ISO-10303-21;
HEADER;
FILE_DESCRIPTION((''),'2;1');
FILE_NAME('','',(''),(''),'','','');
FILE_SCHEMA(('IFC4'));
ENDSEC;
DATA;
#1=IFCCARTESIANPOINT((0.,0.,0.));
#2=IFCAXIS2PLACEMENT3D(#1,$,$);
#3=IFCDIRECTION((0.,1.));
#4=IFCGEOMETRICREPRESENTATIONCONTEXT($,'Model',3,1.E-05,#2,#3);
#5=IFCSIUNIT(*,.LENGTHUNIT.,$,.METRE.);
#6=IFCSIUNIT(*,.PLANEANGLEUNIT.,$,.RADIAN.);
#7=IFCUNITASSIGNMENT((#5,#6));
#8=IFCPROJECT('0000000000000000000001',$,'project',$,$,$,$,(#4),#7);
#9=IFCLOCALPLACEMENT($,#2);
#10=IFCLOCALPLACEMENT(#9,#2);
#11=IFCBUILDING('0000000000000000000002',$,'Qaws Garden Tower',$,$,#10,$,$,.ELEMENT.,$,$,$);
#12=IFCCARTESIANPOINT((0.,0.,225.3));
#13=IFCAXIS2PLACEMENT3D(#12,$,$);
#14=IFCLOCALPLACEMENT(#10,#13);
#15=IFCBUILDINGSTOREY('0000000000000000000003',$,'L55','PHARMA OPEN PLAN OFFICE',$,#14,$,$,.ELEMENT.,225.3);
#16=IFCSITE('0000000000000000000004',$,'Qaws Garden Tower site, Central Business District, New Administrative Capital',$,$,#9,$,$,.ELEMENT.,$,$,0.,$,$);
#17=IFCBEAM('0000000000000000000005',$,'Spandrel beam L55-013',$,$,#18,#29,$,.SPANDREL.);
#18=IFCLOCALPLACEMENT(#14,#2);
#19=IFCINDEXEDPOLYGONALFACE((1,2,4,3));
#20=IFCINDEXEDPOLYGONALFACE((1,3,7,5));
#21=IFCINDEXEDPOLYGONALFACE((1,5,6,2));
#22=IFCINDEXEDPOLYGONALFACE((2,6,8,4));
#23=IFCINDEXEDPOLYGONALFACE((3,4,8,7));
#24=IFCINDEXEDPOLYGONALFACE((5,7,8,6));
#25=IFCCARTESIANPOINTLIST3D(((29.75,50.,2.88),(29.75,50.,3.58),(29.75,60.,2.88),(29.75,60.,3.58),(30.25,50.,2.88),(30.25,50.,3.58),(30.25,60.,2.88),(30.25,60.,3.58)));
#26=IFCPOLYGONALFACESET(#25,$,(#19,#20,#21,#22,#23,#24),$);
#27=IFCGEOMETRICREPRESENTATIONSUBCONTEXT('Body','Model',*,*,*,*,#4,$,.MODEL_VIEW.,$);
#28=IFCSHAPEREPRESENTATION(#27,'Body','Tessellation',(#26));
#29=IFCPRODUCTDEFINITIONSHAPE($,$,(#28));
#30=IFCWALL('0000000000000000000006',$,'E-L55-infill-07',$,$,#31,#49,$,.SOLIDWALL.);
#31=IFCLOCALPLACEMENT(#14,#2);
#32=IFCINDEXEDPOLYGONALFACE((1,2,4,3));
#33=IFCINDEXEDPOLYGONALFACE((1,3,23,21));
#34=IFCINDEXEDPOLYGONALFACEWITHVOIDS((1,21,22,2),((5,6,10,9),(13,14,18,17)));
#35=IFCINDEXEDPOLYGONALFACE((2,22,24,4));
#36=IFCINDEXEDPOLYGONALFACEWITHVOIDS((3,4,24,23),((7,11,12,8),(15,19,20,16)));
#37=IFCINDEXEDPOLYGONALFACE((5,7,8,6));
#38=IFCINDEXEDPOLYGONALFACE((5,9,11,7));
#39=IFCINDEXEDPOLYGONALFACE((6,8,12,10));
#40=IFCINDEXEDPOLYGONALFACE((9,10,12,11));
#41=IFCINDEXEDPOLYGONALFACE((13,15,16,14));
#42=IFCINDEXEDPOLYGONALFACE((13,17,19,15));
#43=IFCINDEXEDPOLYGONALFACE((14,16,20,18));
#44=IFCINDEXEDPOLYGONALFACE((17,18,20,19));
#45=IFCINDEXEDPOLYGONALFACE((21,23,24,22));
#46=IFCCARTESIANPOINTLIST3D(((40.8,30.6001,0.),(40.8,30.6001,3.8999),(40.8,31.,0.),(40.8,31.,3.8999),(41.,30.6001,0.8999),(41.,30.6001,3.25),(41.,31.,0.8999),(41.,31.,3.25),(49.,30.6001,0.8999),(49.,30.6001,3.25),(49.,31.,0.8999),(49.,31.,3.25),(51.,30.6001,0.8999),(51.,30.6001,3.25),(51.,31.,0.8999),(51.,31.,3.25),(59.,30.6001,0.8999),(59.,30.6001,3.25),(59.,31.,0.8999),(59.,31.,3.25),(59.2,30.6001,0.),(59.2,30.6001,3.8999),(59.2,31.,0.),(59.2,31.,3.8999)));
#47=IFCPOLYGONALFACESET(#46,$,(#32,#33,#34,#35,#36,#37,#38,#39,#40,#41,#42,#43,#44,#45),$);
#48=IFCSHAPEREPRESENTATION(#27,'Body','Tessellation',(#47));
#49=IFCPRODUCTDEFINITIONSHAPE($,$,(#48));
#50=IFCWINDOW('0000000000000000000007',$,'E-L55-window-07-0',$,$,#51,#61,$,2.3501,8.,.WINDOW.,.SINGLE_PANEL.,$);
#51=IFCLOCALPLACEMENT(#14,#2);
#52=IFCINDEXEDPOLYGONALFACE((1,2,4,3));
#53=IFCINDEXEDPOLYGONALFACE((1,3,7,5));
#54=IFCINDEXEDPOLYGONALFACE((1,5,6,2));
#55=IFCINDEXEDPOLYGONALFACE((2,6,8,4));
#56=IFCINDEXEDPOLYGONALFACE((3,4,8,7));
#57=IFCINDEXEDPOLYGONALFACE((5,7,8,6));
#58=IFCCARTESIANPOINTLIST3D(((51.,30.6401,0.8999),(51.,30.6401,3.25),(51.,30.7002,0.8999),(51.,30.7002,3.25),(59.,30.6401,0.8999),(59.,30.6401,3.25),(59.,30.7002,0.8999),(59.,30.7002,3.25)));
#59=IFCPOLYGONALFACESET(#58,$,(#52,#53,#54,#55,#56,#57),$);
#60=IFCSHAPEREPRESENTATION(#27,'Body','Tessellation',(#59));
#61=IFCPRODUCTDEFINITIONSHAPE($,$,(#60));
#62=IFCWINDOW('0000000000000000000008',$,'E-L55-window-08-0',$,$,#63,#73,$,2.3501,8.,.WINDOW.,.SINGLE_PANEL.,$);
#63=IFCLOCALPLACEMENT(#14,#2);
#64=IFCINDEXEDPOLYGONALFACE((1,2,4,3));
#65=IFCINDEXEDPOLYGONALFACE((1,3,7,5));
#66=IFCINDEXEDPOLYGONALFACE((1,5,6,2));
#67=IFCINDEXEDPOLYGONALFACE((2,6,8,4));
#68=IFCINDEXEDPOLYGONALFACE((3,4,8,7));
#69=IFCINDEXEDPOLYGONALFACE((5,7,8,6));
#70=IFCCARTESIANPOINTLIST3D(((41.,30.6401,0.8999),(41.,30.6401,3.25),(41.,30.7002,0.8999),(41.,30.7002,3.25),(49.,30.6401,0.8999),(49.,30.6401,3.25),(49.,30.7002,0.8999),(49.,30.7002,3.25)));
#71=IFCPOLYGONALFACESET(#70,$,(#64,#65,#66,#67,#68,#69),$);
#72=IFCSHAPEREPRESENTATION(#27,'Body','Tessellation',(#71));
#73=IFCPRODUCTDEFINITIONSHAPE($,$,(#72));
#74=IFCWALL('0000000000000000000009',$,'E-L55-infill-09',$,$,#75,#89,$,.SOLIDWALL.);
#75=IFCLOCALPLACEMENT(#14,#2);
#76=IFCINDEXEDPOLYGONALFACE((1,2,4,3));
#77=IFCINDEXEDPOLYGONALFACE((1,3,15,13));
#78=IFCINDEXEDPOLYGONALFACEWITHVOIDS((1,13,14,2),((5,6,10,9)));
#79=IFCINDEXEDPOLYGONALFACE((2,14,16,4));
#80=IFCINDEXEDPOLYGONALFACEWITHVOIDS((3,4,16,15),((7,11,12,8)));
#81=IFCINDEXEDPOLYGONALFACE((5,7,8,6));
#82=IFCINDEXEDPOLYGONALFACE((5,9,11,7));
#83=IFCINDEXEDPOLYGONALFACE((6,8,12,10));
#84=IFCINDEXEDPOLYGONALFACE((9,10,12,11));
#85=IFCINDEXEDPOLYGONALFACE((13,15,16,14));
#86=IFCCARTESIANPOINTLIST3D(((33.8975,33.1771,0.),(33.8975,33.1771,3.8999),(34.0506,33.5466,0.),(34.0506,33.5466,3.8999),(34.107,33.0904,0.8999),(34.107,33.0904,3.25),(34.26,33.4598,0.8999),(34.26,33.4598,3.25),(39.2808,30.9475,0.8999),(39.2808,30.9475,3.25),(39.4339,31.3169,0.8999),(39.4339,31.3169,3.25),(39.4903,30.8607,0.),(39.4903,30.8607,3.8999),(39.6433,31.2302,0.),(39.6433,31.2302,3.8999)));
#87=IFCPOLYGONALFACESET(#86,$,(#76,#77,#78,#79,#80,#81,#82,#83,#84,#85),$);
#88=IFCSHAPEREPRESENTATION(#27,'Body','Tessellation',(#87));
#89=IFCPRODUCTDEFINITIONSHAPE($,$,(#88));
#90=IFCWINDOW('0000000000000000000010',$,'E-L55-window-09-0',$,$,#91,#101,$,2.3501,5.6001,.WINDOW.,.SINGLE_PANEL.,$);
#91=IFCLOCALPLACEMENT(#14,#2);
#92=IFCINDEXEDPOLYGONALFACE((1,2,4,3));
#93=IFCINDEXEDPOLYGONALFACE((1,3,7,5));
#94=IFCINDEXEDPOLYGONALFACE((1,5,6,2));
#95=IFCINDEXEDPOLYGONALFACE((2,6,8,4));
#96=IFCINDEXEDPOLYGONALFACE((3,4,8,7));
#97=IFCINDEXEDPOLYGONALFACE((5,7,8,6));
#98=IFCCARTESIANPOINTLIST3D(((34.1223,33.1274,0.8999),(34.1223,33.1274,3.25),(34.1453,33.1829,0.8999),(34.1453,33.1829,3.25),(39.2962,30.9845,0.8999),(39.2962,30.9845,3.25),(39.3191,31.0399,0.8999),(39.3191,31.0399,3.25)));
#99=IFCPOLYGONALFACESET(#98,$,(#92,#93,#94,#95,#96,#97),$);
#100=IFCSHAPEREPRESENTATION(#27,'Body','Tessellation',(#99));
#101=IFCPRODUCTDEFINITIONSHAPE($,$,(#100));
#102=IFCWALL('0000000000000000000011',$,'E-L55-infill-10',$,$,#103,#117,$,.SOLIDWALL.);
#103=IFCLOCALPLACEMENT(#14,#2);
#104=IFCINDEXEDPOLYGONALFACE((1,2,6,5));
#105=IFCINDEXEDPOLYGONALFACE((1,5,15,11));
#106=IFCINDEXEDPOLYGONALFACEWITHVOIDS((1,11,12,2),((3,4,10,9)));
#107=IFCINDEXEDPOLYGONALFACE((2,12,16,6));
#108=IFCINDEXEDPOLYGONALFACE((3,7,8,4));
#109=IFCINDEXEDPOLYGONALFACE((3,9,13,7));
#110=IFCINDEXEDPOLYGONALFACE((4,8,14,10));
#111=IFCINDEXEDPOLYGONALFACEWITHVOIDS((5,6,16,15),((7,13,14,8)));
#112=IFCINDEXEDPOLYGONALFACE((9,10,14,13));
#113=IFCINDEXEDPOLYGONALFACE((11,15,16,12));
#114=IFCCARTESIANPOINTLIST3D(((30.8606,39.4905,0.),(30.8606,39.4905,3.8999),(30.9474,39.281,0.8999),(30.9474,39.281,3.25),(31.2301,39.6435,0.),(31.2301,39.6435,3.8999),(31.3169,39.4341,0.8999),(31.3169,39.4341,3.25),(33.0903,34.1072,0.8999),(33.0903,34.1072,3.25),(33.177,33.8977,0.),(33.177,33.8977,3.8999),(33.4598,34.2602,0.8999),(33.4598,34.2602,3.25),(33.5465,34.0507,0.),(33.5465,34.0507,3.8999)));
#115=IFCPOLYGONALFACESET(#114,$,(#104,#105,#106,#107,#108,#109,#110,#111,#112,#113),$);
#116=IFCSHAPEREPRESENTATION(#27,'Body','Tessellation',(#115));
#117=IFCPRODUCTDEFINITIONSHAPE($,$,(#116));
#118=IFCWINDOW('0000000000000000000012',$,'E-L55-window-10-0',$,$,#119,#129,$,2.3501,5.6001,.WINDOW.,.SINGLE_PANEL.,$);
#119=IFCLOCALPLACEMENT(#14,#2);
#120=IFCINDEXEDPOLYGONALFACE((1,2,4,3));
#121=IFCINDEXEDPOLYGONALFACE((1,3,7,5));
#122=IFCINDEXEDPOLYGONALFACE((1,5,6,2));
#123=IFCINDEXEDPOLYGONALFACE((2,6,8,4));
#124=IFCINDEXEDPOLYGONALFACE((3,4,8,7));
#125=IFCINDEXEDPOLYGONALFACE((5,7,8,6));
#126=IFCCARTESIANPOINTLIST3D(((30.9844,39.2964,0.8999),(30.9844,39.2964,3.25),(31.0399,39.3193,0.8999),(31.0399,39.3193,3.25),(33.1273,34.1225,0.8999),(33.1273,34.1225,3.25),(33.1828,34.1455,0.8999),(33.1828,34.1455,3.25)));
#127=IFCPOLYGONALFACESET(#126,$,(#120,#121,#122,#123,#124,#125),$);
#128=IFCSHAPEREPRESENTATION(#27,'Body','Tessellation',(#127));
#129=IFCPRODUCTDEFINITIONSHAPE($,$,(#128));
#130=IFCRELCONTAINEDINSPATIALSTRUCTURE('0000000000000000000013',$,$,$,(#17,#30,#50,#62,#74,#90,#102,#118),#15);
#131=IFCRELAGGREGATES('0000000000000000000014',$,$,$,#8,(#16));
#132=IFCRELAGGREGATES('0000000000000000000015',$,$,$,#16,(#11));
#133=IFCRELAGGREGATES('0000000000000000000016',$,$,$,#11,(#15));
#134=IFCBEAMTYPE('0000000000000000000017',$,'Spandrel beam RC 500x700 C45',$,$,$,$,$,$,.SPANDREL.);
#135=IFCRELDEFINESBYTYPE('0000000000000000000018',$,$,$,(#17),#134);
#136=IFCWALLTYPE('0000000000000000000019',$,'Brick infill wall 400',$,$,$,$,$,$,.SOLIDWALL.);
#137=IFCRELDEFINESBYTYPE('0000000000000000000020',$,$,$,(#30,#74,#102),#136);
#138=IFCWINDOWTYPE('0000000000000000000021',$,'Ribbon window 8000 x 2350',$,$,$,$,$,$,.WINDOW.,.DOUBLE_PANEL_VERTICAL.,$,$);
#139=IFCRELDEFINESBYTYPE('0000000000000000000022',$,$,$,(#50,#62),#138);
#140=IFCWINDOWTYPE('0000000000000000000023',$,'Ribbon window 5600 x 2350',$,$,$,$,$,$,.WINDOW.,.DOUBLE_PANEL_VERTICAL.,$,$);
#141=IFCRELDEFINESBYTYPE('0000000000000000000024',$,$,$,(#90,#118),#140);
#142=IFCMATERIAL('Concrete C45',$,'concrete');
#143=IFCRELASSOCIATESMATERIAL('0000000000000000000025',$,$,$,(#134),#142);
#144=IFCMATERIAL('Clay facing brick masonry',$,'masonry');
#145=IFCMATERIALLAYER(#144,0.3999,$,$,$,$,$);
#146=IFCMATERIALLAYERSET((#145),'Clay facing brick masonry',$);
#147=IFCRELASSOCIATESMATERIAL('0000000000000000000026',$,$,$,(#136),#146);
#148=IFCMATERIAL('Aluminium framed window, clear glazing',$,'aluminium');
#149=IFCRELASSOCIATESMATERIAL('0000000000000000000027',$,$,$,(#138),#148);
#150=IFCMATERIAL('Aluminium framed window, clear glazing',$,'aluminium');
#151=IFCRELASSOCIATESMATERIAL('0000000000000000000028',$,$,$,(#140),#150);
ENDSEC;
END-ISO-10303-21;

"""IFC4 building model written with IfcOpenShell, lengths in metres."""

from ifc_helpers import new_model, si_unit, direction, frame, frame_2d, origin, origin_2d, place, context, subcontext, project, spatial, rectangle, extrude, material, layer, layer_set, material_profile, profile_set, type_object, element, fill, save


model = new_model("IFC4")

# Units and contexts
model_context = context("Model", 3, precision=1e-05, world=origin(), true_north=direction((0.0, 1.0)))
body_context = subcontext(model_context, "Body", "Model", "MODEL_VIEW")
ifc_project = project(units=[si_unit("LENGTHUNIT", "METRE"), si_unit("PLANEANGLEUNIT", "RADIAN")], contexts=[model_context])

# Site, building, storey
site_placement = place(None, origin())
site = spatial("IfcSite", under=ifc_project, at=site_placement, Name="Qaws Garden Tower site, Central Business District, New Administrative Capital", CompositionType="ELEMENT", RefElevation=0.0)
building_placement = place(site_placement, origin())
building = spatial("IfcBuilding", under=site, at=building_placement, Name="Qaws Garden Tower", CompositionType="ELEMENT")
storey_placement = place(building_placement, frame((0.0, 0.0, 225.3)))
storey = spatial("IfcBuildingStorey", under=building, at=storey_placement, Name="L55", Description="PHARMA OPEN PLAN OFFICE", CompositionType="ELEMENT", Elevation=225.3)

# Beam
ifc_material_1 = material(Name="Concrete C45", Category="concrete")
ifc_material_profile_1 = material_profile(ifc_material_1, rectangle(XDim=0.5, YDim=0.7, at=origin_2d()), Name="RC 500x700")
ifc_profile_set_1 = profile_set([ifc_material_profile_1], Name="Concrete C45")
beam_type = type_object("IfcBeamType", Name="Spandrel beam RC 500x700 C45", PredefinedType="SPANDREL", material=ifc_profile_set_1)
for number, where, z_axis, x_axis, name in (
    (1, (30.0, 50.0, 3.23), (0.0, 1.0, 0.0), (-1.0, 0.0, 0.0), "Spandrel beam L55-013"),
):
    element("IfcBeam", number, at=place(storey_placement, frame(where, z_axis=z_axis, x_axis=x_axis)), inside=storey, type_object=beam_type, Name=name, PredefinedType="SPANDREL", context=body_context, shape_type="SweptSolid", body=[
        extrude(rectangle(XDim=0.5, YDim=0.7, at=origin_2d()), origin(), (0.0, 0.0, 1.0), 10.0),
    ])

# Wall, openings, windows
ifc_material_2 = material(Name="Clay facing brick masonry", Category="masonry")
ifc_layer_1 = layer(ifc_material_2, 0.3999)
ifc_layer_set_1 = layer_set([ifc_layer_1], Name="Clay facing brick masonry")
wall_type_1 = type_object("IfcWallType", Name="Brick infill wall 400", PredefinedType="SOLIDWALL", material=ifc_layer_set_1)
wall_1_placement = place(storey_placement, frame((59.2, 30.8, 0.0), z_axis=(0.0, 0.0, 1.0), x_axis=(-1.0, 0.0, 0.0)))
wall_1 = element("IfcWall", 2, at=wall_1_placement, inside=storey, type_object=wall_type_1, Name="E-L55-infill-07", PredefinedType="SOLIDWALL", context=body_context, shape_type="SweptSolid", body=[
    extrude(rectangle(XDim=18.3999, YDim=0.3999, at=frame_2d((9.2, 0.0))), origin(), (0.0, 0.0, 1.0), 3.8999),
])
opening_1_placement = place(wall_1_placement, frame((0.2, 0.0, 0.8999)))
opening_1 = element("IfcOpeningElement", 3, at=opening_1_placement, cuts=wall_1, PredefinedType="OPENING", context=body_context, shape_type="SweptSolid", body=[
    extrude(rectangle(XDim=8.0, YDim=2.3501, at=frame_2d((4.0, 1.175))), frame((0.0, 0.21, 0.0), z_axis=(0.0, -1.0, 0.0), x_axis=(1.0, 0.0, 0.0)), (0.0, 0.0, 1.0), 0.4199),
])
opening_2_placement = place(wall_1_placement, frame((10.2, 0.0, 0.8999)))
opening_2 = element("IfcOpeningElement", 4, at=opening_2_placement, cuts=wall_1, PredefinedType="OPENING", context=body_context, shape_type="SweptSolid", body=[
    extrude(rectangle(XDim=8.0, YDim=2.3501, at=frame_2d((4.0, 1.175))), frame((0.0, 0.21, 0.0), z_axis=(0.0, -1.0, 0.0), x_axis=(1.0, 0.0, 0.0)), (0.0, 0.0, 1.0), 0.4199),
])
ifc_material_3 = material(Name="Aluminium framed window, clear glazing", Category="aluminium")
window_type_1 = type_object("IfcWindowType", Name="Ribbon window 8000 x 2350", PartitioningType="DOUBLE_PANEL_VERTICAL", PredefinedType="WINDOW", material=ifc_material_3)
window_1_placement = place(opening_1_placement, origin())
window_1 = element("IfcWindow", 5, at=window_1_placement, inside=storey, type_object=window_type_1, Name="E-L55-window-07-0", OverallHeight=2.3501, OverallWidth=8.0, PartitioningType="SINGLE_PANEL", PredefinedType="WINDOW", context=body_context, shape_type="SweptSolid", body=[
    extrude(rectangle(XDim=8.0, YDim=2.3501, at=frame_2d((4.0, 1.175))), frame((0.0, 0.1599, 0.0), z_axis=(0.0, -1.0, 0.0), x_axis=(1.0, 0.0, 0.0)), (0.0, 0.0, 1.0), 0.0601),
])
fill(opening_1, window_1)
window_2_placement = place(opening_2_placement, origin())
window_2 = element("IfcWindow", 6, at=window_2_placement, inside=storey, type_object=window_type_1, Name="E-L55-window-08-0", OverallHeight=2.3501, OverallWidth=8.0, PartitioningType="SINGLE_PANEL", PredefinedType="WINDOW", context=body_context, shape_type="SweptSolid", body=[
    extrude(rectangle(XDim=8.0, YDim=2.3501, at=frame_2d((4.0, 1.175))), frame((0.0, 0.1599, 0.0), z_axis=(0.0, -1.0, 0.0), x_axis=(1.0, 0.0, 0.0)), (0.0, 0.0, 1.0), 0.0601),
])
fill(opening_2, window_2)

# Walls, openings, windows
wall_2_placement = place(storey_placement, frame((39.5669, 31.0454, 0.0), z_axis=(0.0, 0.0, 1.0), x_axis=(-0.923891, 0.382656, 0.0)))
wall_2 = element("IfcWall", 7, at=wall_2_placement, inside=storey, type_object=wall_type_1, Name="E-L55-infill-09", PredefinedType="SOLIDWALL", context=body_context, shape_type="SweptSolid", body=[
    extrude(rectangle(XDim=6.0535, YDim=0.3999, at=frame_2d((3.0269, 0.0))), origin(), (0.0, 0.0, 1.0), 3.8999),
])
opening_3_placement = place(wall_2_placement, frame((0.2268, 0.0, 0.8999)))
opening_3 = element("IfcOpeningElement", 8, at=opening_3_placement, cuts=wall_2, PredefinedType="OPENING", context=body_context, shape_type="SweptSolid", body=[
    extrude(rectangle(XDim=5.6001, YDim=2.3501, at=frame_2d((2.8, 1.175))), frame((0.0, 0.21, 0.0), z_axis=(0.0, -1.0, 0.0), x_axis=(1.0, 0.0, 0.0)), (0.0, 0.0, 1.0), 0.4199),
])
ifc_material_4 = material(Name="Aluminium framed window, clear glazing", Category="aluminium")
window_type_2 = type_object("IfcWindowType", Name="Ribbon window 5600 x 2350", PartitioningType="DOUBLE_PANEL_VERTICAL", PredefinedType="WINDOW", material=ifc_material_4)
window_3_placement = place(opening_3_placement, origin())
window_3 = element("IfcWindow", 9, at=window_3_placement, inside=storey, type_object=window_type_2, Name="E-L55-window-09-0", OverallHeight=2.3501, OverallWidth=5.6001, PartitioningType="SINGLE_PANEL", PredefinedType="WINDOW", context=body_context, shape_type="SweptSolid", body=[
    extrude(rectangle(XDim=5.6001, YDim=2.3501, at=frame_2d((2.8, 1.175))), frame((0.0, 0.1599, 0.0), z_axis=(0.0, -1.0, 0.0), x_axis=(1.0, 0.0, 0.0)), (0.0, 0.0, 1.0), 0.0601),
])
fill(opening_3, window_3)
wall_3_placement = place(storey_placement, frame((33.3618, 33.9741, 0.0), z_axis=(0.0, 0.0, 1.0), x_axis=(-0.382656, 0.923891, 0.0)))
wall_3 = element("IfcWall", 10, at=wall_3_placement, inside=storey, type_object=wall_type_1, Name="E-L55-infill-10", PredefinedType="SOLIDWALL", context=body_context, shape_type="SweptSolid", body=[
    extrude(rectangle(XDim=6.0535, YDim=0.3999, at=frame_2d((3.0269, 0.0))), origin(), (0.0, 0.0, 1.0), 3.8999),
])
opening_4_placement = place(wall_3_placement, frame((0.2268, 0.0, 0.8999)))
opening_4 = element("IfcOpeningElement", 11, at=opening_4_placement, cuts=wall_3, PredefinedType="OPENING", context=body_context, shape_type="SweptSolid", body=[
    extrude(rectangle(XDim=5.6001, YDim=2.3501, at=frame_2d((2.8, 1.175))), frame((0.0, 0.21, 0.0), z_axis=(0.0, -1.0, 0.0), x_axis=(1.0, 0.0, 0.0)), (0.0, 0.0, 1.0), 0.4199),
])
window_4_placement = place(opening_4_placement, origin())
window_4 = element("IfcWindow", 12, at=window_4_placement, inside=storey, type_object=window_type_2, Name="E-L55-window-10-0", OverallHeight=2.3501, OverallWidth=5.6001, PartitioningType="SINGLE_PANEL", PredefinedType="WINDOW", context=body_context, shape_type="SweptSolid", body=[
    extrude(rectangle(XDim=5.6001, YDim=2.3501, at=frame_2d((2.8, 1.175))), frame((0.0, 0.1599, 0.0), z_axis=(0.0, -1.0, 0.0), x_axis=(1.0, 0.0, 0.0)), (0.0, 0.0, 1.0), 0.0601),
])
fill(opening_4, window_4)

save(model, "model.ifc")
